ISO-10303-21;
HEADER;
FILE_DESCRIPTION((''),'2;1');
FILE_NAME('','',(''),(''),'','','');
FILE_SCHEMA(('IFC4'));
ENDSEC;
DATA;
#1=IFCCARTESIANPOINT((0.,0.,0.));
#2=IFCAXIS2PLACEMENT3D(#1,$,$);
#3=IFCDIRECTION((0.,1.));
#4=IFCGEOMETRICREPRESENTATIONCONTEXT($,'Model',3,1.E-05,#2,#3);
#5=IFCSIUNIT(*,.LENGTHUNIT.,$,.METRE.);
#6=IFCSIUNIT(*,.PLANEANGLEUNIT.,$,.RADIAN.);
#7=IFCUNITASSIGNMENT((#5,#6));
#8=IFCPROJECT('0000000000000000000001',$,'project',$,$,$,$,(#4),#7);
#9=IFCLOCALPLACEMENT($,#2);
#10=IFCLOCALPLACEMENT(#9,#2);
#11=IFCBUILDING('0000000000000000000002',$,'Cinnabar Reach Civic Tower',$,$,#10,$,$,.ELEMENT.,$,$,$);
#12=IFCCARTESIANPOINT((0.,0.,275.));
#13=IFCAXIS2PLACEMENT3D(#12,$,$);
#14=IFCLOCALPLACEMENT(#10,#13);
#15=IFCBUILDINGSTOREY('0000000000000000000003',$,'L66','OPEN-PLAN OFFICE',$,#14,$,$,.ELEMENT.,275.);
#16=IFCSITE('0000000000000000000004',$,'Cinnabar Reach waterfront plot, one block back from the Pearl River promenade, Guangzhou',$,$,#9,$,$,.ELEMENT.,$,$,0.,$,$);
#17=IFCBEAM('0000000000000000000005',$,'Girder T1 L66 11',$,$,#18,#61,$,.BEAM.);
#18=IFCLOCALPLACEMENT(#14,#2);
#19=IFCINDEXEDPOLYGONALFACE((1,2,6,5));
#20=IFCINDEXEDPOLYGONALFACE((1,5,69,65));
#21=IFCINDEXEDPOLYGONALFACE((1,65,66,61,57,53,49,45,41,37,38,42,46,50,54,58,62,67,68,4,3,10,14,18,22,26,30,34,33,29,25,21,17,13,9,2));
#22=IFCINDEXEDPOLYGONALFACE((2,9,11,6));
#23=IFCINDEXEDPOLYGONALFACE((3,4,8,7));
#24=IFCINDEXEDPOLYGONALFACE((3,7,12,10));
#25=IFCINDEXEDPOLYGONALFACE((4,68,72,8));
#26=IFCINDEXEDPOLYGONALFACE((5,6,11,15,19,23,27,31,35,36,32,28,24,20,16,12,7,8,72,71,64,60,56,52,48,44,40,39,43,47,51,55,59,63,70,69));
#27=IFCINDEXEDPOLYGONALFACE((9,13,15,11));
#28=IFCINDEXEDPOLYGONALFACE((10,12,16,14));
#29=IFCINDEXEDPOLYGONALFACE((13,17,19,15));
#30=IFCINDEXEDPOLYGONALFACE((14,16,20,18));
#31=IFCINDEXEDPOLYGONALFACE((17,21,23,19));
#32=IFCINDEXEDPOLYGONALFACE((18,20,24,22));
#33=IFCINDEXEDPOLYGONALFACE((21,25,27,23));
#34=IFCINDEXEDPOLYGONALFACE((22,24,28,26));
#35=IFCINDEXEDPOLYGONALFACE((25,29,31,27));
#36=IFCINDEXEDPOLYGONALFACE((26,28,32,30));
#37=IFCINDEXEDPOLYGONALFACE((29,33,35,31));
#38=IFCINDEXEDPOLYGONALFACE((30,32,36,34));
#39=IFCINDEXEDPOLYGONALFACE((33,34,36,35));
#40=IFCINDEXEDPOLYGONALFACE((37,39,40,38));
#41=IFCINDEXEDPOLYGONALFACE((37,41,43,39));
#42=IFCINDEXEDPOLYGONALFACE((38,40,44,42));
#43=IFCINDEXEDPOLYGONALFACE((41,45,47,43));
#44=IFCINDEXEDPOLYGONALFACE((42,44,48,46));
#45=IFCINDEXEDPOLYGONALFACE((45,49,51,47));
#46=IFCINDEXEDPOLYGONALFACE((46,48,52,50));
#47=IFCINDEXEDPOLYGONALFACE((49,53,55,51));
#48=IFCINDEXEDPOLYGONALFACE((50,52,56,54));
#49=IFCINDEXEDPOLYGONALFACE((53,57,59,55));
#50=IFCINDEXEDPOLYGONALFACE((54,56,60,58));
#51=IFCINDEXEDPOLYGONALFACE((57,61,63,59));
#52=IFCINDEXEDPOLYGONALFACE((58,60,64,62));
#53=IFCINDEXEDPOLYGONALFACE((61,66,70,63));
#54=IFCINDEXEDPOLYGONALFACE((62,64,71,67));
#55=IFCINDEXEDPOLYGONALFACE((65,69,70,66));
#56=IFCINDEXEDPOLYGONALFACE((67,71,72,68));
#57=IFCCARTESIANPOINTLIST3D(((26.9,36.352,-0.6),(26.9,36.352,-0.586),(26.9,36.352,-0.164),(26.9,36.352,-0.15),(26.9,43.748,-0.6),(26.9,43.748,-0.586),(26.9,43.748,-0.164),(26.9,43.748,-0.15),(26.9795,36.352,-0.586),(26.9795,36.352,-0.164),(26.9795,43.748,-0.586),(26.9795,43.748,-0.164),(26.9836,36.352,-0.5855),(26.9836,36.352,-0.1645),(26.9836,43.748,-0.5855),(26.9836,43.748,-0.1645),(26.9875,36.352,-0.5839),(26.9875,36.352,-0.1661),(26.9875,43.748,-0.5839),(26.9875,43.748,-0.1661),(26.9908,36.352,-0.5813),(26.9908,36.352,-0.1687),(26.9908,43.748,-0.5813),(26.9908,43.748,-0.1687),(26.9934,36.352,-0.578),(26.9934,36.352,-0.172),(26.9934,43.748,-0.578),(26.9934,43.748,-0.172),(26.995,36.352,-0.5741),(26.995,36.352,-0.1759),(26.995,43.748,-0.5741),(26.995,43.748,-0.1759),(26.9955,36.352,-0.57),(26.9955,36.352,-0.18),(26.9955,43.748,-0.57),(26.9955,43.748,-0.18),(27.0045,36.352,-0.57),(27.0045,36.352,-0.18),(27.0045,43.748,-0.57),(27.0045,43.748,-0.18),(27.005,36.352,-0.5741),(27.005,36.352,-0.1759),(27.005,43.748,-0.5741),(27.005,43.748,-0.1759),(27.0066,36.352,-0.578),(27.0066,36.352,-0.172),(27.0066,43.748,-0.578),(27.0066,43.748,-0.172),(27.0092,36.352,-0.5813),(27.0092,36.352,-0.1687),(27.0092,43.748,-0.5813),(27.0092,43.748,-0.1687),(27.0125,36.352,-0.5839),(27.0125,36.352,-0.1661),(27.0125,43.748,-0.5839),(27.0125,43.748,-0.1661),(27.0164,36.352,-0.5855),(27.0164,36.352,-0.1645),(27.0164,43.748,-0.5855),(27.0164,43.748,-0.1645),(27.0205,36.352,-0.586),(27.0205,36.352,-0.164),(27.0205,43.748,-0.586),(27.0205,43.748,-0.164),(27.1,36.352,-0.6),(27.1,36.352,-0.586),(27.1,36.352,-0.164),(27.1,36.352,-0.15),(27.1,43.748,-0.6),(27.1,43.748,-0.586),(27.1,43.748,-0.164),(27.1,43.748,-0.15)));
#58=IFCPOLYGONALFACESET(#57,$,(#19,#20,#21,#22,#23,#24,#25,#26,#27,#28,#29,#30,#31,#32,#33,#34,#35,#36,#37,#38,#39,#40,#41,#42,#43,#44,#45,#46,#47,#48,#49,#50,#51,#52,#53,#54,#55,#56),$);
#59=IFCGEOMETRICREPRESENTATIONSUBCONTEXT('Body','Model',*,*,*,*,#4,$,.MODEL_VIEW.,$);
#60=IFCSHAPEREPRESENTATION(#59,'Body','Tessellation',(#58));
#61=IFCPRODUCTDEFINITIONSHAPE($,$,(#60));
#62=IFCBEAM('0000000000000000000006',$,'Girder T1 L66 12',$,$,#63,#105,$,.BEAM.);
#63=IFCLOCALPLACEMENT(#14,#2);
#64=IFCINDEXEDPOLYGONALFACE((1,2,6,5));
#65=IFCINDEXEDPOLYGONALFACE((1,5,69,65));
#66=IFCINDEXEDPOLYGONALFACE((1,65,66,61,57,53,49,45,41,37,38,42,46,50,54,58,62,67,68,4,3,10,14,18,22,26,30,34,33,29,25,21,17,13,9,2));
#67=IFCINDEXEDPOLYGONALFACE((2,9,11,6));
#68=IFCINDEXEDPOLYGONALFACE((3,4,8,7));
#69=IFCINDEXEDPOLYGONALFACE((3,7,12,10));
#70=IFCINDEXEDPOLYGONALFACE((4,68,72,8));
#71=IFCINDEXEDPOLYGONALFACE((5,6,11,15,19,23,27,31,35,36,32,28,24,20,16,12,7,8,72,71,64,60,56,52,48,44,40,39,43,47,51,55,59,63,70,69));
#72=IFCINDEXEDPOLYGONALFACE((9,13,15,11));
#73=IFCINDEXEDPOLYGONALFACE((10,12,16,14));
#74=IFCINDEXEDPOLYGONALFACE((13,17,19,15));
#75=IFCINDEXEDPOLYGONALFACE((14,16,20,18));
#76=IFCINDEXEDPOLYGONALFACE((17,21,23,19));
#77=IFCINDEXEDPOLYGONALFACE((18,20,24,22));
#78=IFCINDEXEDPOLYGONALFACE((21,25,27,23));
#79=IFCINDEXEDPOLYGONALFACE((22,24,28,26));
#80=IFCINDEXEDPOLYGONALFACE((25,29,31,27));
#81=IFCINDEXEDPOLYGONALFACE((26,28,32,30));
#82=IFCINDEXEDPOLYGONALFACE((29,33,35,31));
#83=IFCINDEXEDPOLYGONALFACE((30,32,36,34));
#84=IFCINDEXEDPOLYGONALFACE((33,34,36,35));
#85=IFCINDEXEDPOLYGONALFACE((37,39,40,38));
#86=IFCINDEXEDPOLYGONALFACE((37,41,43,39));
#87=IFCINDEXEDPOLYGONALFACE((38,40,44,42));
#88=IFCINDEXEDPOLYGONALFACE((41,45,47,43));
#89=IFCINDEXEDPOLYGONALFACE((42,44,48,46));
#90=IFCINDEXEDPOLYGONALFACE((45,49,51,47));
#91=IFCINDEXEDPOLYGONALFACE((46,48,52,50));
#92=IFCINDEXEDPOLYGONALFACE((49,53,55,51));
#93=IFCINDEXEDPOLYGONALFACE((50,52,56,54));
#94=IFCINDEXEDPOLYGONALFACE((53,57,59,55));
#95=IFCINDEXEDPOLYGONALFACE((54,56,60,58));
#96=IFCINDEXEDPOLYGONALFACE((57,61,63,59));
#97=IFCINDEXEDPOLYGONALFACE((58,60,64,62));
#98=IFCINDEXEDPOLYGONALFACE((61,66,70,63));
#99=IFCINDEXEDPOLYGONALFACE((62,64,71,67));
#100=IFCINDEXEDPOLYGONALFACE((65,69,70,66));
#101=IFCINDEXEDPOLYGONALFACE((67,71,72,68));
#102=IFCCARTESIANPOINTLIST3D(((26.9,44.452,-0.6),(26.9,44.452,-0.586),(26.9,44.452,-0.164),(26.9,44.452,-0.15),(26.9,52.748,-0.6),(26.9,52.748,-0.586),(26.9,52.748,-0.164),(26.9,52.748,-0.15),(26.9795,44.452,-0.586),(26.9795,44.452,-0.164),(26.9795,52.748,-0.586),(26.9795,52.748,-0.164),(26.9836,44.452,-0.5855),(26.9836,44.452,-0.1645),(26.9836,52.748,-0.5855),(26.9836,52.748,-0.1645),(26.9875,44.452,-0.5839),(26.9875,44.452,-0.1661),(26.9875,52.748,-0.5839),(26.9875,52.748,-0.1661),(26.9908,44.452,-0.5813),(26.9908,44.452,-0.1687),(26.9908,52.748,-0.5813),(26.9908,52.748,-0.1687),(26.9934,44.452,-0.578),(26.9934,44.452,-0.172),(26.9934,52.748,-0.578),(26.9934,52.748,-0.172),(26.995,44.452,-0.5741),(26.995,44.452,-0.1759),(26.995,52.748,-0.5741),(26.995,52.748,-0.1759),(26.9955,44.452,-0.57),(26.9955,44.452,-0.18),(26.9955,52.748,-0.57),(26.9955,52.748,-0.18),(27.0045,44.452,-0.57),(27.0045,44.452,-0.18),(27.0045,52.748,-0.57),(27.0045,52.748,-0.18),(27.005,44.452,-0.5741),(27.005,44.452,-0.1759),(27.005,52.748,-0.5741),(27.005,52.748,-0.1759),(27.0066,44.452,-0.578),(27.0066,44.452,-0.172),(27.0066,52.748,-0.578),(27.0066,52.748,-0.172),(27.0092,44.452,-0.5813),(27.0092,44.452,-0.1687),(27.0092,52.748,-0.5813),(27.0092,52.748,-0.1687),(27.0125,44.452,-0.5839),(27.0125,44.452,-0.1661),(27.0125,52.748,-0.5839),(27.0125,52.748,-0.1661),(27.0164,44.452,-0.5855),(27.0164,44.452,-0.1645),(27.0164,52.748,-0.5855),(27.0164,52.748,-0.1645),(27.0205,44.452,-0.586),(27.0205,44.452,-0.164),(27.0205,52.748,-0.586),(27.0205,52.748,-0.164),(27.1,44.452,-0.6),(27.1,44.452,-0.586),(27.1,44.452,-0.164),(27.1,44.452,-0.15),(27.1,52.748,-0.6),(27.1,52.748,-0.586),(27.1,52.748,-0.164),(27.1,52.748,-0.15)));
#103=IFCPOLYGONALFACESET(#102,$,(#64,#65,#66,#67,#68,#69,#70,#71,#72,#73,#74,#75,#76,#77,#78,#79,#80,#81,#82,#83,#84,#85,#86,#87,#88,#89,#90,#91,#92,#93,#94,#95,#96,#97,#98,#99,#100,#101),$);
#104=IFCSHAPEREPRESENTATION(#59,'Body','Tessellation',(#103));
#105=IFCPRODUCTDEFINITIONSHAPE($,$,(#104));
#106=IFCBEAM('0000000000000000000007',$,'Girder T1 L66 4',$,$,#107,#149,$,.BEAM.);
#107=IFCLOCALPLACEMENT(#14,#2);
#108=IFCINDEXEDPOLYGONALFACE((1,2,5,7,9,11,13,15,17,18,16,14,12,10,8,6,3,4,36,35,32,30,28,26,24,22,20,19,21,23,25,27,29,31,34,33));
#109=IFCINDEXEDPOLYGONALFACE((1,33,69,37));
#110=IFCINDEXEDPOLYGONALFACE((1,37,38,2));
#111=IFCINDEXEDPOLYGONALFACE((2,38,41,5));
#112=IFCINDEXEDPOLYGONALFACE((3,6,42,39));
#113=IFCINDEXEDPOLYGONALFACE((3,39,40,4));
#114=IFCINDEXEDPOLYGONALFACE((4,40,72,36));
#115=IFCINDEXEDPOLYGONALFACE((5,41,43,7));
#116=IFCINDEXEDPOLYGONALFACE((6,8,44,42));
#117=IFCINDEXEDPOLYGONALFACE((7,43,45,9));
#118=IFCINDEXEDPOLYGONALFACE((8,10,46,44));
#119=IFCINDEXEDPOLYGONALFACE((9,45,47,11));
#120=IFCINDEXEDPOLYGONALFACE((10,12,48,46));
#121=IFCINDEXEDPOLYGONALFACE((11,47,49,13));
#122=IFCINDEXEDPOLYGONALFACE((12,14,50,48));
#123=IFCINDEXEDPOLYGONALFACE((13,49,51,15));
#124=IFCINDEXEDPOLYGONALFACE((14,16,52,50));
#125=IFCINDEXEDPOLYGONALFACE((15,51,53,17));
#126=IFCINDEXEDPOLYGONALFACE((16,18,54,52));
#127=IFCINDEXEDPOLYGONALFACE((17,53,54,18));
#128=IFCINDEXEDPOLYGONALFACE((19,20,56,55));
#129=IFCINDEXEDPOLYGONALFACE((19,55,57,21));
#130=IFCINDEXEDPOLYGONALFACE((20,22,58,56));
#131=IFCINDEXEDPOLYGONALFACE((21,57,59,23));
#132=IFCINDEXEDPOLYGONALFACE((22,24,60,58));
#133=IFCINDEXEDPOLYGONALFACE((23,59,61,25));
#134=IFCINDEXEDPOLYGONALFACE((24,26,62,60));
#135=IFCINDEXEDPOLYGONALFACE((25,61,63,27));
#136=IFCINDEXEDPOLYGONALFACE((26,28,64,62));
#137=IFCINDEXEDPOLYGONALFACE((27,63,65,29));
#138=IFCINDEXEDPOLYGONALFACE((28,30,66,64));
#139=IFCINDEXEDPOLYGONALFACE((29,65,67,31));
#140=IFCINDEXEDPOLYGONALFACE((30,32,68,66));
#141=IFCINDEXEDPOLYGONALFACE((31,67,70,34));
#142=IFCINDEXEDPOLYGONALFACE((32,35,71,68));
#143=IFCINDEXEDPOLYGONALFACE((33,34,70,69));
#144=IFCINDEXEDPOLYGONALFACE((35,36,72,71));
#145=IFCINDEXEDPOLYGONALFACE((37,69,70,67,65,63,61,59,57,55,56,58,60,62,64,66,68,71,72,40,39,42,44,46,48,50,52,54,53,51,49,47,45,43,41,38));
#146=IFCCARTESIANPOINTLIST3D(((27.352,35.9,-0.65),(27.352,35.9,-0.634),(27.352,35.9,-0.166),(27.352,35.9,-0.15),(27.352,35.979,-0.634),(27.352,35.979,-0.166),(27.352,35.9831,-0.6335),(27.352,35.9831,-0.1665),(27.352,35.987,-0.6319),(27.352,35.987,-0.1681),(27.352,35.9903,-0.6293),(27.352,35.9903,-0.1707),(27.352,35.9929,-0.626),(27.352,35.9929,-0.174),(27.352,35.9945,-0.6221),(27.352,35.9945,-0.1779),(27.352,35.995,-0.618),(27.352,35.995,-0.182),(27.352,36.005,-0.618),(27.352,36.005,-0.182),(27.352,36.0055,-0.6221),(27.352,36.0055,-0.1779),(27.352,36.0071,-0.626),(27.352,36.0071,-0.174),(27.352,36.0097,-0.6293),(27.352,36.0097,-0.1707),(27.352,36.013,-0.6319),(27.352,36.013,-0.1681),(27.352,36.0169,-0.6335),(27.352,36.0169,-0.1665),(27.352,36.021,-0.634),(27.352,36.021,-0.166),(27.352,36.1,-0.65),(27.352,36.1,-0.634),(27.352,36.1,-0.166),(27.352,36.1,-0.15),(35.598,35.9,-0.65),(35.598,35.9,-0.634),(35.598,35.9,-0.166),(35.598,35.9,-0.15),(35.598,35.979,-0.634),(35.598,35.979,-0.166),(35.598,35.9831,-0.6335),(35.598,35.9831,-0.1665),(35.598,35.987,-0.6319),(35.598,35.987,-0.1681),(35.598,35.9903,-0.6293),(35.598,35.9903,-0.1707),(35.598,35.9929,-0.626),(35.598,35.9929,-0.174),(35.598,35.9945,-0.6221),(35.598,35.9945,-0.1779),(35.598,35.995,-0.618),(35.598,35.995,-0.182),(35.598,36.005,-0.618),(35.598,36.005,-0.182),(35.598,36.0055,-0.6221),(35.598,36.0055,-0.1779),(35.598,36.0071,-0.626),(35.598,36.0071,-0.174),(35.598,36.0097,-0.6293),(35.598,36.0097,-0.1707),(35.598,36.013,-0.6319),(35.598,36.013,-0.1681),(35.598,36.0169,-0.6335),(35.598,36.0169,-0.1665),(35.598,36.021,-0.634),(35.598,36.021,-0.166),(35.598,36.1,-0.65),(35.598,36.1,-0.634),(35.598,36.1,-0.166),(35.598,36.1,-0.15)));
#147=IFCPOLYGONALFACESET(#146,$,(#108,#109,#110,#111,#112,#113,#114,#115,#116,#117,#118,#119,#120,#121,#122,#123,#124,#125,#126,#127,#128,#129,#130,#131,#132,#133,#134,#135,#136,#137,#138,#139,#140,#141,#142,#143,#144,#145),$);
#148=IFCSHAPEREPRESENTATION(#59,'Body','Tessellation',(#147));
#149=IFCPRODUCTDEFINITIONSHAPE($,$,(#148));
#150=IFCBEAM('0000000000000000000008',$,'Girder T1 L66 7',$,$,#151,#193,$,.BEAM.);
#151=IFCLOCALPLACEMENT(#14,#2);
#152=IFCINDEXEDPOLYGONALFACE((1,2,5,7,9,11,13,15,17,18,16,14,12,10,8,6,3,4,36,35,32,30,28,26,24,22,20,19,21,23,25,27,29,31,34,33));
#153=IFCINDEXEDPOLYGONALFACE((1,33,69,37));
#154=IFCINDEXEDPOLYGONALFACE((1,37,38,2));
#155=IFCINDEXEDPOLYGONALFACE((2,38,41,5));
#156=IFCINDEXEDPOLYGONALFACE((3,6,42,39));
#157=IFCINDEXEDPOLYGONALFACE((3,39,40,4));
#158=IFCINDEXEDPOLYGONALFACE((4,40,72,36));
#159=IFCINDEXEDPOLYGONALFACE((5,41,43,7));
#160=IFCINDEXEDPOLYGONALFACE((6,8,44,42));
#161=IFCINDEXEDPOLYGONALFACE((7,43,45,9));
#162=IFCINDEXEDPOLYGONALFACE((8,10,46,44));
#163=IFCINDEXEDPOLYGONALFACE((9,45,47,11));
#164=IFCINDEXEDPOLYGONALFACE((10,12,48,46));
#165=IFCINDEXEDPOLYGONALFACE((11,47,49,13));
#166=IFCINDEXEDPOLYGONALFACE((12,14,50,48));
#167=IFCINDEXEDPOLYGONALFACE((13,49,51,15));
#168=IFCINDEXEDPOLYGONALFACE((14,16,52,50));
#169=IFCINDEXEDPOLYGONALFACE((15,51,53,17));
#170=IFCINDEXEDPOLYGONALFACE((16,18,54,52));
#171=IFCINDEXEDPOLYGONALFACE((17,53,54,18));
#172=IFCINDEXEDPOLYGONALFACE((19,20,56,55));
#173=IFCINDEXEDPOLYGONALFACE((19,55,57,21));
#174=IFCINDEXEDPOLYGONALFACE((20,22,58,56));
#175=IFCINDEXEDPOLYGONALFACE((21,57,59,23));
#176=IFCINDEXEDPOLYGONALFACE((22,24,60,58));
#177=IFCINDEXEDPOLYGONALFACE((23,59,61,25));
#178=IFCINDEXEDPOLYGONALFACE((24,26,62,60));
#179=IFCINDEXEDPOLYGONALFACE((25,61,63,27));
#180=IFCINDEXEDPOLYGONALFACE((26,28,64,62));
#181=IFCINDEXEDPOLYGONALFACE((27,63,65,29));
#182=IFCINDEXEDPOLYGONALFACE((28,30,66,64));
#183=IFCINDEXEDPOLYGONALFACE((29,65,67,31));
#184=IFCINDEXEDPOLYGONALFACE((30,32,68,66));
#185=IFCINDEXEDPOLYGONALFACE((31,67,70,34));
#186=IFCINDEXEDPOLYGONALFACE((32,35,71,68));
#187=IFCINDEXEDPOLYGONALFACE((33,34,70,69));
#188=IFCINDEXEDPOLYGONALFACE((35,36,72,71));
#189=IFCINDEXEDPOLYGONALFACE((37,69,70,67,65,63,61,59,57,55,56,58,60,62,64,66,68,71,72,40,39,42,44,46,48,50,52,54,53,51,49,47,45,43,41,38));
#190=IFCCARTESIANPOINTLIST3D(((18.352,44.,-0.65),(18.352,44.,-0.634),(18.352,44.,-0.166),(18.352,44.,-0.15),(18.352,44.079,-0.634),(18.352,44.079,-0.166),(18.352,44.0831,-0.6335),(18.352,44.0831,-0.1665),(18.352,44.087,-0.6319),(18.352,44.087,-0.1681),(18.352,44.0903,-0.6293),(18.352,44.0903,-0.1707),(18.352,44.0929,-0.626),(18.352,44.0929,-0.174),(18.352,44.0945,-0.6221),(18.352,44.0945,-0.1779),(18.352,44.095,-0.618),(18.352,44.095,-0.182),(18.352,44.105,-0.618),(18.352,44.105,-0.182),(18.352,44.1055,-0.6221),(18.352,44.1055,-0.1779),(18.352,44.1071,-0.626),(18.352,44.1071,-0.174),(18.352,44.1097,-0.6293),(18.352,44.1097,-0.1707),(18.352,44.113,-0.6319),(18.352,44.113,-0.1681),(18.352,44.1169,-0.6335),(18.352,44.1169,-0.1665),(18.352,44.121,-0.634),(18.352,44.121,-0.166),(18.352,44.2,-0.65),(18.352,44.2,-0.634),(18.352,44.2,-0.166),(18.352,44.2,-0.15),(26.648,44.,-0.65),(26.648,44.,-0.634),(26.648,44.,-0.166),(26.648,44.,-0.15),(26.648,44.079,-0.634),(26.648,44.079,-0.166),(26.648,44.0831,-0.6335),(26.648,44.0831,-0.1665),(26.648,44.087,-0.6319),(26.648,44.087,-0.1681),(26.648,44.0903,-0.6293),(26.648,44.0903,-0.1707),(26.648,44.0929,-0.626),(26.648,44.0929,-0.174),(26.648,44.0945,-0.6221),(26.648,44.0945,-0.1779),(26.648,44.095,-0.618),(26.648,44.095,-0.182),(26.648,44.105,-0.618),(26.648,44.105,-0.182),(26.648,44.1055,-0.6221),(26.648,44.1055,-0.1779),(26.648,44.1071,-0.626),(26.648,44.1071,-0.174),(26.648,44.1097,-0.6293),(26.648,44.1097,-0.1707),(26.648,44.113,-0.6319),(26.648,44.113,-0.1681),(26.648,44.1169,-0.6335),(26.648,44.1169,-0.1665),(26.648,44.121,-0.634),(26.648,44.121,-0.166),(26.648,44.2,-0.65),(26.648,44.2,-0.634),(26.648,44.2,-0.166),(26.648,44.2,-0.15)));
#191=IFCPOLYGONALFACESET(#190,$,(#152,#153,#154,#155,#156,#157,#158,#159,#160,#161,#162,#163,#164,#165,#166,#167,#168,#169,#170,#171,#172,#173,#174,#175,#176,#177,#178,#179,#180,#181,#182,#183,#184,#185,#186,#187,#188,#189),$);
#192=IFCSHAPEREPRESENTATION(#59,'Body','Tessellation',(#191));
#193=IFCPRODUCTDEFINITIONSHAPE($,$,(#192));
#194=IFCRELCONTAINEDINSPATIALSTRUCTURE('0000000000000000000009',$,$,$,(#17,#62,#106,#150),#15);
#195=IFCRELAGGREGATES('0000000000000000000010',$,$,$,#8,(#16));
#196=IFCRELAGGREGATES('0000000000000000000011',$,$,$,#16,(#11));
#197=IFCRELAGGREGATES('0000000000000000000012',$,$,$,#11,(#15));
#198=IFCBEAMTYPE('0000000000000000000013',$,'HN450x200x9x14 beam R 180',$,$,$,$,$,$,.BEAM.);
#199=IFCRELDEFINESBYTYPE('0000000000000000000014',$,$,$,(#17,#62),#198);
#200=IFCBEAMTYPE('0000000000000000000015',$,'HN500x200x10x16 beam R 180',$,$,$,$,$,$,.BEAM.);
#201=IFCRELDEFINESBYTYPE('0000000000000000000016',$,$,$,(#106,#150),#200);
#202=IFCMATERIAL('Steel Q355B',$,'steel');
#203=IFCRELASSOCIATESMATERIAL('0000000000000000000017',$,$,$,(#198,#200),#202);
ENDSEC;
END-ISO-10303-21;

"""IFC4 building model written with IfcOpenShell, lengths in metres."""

from ifc_helpers import new_model, si_unit, direction, frame, origin, origin_2d, place, context, subcontext, project, spatial, i_section, extrude, material, material_profile, profile_set, type_object, element, save


model = new_model("IFC4")

# Units and contexts
model_context = context("Model", 3, precision=1e-05, world=origin(), true_north=direction((0.0, 1.0)))
body_context = subcontext(model_context, "Body", "Model", "MODEL_VIEW")
ifc_project = project(units=[si_unit("LENGTHUNIT", "METRE"), si_unit("PLANEANGLEUNIT", "RADIAN")], contexts=[model_context])

# Site, building, storey
site_placement = place(None, origin())
site = spatial("IfcSite", under=ifc_project, at=site_placement, Name="Cinnabar Reach waterfront plot, one block back from the Pearl River promenade, Guangzhou", CompositionType="ELEMENT", RefElevation=0.0)
building_placement = place(site_placement, origin())
building = spatial("IfcBuilding", under=site, at=building_placement, Name="Cinnabar Reach Civic Tower", CompositionType="ELEMENT")
storey_placement = place(building_placement, frame((0.0, 0.0, 275.0)))
storey = spatial("IfcBuildingStorey", under=building, at=storey_placement, Name="L66", Description="OPEN-PLAN OFFICE", CompositionType="ELEMENT", Elevation=275.0)

# Beams
ifc_material_1 = material(Name="Steel Q355B", Category="steel")
ifc_material_profile_1 = material_profile(ifc_material_1, i_section(OverallWidth=0.2, OverallDepth=0.45, WebThickness=0.009, FlangeThickness=0.014, FilletRadius=0.016, at=origin_2d()), Name="HN450x200x9x14")
ifc_profile_set_1 = profile_set([ifc_material_profile_1], Name="Steel Q355B")
beam_type_1 = type_object("IfcBeamType", Name="HN450x200x9x14 beam R 180", PredefinedType="BEAM", material=ifc_profile_set_1)
beam_1_placement = place(storey_placement, frame((27.0, 36.352, -0.375), z_axis=(0.0, 1.0, 0.0), x_axis=(-1.0, 0.0, 0.0)))
element("IfcBeam", 1, at=beam_1_placement, inside=storey, type_object=beam_type_1, Name="Girder T1 L66 11", PredefinedType="BEAM", context=body_context, shape_type="SweptSolid", body=[
    extrude(i_section(OverallWidth=0.2, OverallDepth=0.45, WebThickness=0.009, FlangeThickness=0.014, FilletRadius=0.016, at=origin_2d()), origin(), (0.0, 0.0, 1.0), 7.396),
])
beam_2_placement = place(storey_placement, frame((27.0, 44.452, -0.375), z_axis=(0.0, 1.0, 0.0), x_axis=(-1.0, 0.0, 0.0)))
element("IfcBeam", 2, at=beam_2_placement, inside=storey, type_object=beam_type_1, Name="Girder T1 L66 12", PredefinedType="BEAM", context=body_context, shape_type="SweptSolid", body=[
    extrude(i_section(OverallWidth=0.2, OverallDepth=0.45, WebThickness=0.009, FlangeThickness=0.014, FilletRadius=0.016, at=origin_2d()), origin(), (0.0, 0.0, 1.0), 8.296),
])
ifc_material_profile_2 = material_profile(ifc_material_1, i_section(OverallWidth=0.2, OverallDepth=0.5, WebThickness=0.01, FlangeThickness=0.016, FilletRadius=0.016, at=origin_2d()), Name="HN500x200x10x16")
ifc_profile_set_2 = profile_set([ifc_material_profile_2], Name="Steel Q355B")
beam_type_2 = type_object("IfcBeamType", Name="HN500x200x10x16 beam R 180", PredefinedType="BEAM", material=ifc_profile_set_2)
beam_3_placement = place(storey_placement, frame((27.352, 36.0, -0.4), z_axis=(1.0, 0.0, 0.0), x_axis=(0.0, 1.0, 0.0)))
element("IfcBeam", 3, at=beam_3_placement, inside=storey, type_object=beam_type_2, Name="Girder T1 L66 4", PredefinedType="BEAM", context=body_context, shape_type="SweptSolid", body=[
    extrude(i_section(OverallWidth=0.2, OverallDepth=0.5, WebThickness=0.01, FlangeThickness=0.016, FilletRadius=0.016, at=origin_2d()), origin(), (0.0, 0.0, 1.0), 8.246),
])
beam_4_placement = place(storey_placement, frame((18.352, 44.1, -0.4), z_axis=(1.0, 0.0, 0.0), x_axis=(0.0, 1.0, 0.0)))
element("IfcBeam", 4, at=beam_4_placement, inside=storey, type_object=beam_type_2, Name="Girder T1 L66 7", PredefinedType="BEAM", context=body_context, shape_type="SweptSolid", body=[
    extrude(i_section(OverallWidth=0.2, OverallDepth=0.5, WebThickness=0.01, FlangeThickness=0.016, FilletRadius=0.016, at=origin_2d()), origin(), (0.0, 0.0, 1.0), 8.296),
])

save(model, "model.ifc")
